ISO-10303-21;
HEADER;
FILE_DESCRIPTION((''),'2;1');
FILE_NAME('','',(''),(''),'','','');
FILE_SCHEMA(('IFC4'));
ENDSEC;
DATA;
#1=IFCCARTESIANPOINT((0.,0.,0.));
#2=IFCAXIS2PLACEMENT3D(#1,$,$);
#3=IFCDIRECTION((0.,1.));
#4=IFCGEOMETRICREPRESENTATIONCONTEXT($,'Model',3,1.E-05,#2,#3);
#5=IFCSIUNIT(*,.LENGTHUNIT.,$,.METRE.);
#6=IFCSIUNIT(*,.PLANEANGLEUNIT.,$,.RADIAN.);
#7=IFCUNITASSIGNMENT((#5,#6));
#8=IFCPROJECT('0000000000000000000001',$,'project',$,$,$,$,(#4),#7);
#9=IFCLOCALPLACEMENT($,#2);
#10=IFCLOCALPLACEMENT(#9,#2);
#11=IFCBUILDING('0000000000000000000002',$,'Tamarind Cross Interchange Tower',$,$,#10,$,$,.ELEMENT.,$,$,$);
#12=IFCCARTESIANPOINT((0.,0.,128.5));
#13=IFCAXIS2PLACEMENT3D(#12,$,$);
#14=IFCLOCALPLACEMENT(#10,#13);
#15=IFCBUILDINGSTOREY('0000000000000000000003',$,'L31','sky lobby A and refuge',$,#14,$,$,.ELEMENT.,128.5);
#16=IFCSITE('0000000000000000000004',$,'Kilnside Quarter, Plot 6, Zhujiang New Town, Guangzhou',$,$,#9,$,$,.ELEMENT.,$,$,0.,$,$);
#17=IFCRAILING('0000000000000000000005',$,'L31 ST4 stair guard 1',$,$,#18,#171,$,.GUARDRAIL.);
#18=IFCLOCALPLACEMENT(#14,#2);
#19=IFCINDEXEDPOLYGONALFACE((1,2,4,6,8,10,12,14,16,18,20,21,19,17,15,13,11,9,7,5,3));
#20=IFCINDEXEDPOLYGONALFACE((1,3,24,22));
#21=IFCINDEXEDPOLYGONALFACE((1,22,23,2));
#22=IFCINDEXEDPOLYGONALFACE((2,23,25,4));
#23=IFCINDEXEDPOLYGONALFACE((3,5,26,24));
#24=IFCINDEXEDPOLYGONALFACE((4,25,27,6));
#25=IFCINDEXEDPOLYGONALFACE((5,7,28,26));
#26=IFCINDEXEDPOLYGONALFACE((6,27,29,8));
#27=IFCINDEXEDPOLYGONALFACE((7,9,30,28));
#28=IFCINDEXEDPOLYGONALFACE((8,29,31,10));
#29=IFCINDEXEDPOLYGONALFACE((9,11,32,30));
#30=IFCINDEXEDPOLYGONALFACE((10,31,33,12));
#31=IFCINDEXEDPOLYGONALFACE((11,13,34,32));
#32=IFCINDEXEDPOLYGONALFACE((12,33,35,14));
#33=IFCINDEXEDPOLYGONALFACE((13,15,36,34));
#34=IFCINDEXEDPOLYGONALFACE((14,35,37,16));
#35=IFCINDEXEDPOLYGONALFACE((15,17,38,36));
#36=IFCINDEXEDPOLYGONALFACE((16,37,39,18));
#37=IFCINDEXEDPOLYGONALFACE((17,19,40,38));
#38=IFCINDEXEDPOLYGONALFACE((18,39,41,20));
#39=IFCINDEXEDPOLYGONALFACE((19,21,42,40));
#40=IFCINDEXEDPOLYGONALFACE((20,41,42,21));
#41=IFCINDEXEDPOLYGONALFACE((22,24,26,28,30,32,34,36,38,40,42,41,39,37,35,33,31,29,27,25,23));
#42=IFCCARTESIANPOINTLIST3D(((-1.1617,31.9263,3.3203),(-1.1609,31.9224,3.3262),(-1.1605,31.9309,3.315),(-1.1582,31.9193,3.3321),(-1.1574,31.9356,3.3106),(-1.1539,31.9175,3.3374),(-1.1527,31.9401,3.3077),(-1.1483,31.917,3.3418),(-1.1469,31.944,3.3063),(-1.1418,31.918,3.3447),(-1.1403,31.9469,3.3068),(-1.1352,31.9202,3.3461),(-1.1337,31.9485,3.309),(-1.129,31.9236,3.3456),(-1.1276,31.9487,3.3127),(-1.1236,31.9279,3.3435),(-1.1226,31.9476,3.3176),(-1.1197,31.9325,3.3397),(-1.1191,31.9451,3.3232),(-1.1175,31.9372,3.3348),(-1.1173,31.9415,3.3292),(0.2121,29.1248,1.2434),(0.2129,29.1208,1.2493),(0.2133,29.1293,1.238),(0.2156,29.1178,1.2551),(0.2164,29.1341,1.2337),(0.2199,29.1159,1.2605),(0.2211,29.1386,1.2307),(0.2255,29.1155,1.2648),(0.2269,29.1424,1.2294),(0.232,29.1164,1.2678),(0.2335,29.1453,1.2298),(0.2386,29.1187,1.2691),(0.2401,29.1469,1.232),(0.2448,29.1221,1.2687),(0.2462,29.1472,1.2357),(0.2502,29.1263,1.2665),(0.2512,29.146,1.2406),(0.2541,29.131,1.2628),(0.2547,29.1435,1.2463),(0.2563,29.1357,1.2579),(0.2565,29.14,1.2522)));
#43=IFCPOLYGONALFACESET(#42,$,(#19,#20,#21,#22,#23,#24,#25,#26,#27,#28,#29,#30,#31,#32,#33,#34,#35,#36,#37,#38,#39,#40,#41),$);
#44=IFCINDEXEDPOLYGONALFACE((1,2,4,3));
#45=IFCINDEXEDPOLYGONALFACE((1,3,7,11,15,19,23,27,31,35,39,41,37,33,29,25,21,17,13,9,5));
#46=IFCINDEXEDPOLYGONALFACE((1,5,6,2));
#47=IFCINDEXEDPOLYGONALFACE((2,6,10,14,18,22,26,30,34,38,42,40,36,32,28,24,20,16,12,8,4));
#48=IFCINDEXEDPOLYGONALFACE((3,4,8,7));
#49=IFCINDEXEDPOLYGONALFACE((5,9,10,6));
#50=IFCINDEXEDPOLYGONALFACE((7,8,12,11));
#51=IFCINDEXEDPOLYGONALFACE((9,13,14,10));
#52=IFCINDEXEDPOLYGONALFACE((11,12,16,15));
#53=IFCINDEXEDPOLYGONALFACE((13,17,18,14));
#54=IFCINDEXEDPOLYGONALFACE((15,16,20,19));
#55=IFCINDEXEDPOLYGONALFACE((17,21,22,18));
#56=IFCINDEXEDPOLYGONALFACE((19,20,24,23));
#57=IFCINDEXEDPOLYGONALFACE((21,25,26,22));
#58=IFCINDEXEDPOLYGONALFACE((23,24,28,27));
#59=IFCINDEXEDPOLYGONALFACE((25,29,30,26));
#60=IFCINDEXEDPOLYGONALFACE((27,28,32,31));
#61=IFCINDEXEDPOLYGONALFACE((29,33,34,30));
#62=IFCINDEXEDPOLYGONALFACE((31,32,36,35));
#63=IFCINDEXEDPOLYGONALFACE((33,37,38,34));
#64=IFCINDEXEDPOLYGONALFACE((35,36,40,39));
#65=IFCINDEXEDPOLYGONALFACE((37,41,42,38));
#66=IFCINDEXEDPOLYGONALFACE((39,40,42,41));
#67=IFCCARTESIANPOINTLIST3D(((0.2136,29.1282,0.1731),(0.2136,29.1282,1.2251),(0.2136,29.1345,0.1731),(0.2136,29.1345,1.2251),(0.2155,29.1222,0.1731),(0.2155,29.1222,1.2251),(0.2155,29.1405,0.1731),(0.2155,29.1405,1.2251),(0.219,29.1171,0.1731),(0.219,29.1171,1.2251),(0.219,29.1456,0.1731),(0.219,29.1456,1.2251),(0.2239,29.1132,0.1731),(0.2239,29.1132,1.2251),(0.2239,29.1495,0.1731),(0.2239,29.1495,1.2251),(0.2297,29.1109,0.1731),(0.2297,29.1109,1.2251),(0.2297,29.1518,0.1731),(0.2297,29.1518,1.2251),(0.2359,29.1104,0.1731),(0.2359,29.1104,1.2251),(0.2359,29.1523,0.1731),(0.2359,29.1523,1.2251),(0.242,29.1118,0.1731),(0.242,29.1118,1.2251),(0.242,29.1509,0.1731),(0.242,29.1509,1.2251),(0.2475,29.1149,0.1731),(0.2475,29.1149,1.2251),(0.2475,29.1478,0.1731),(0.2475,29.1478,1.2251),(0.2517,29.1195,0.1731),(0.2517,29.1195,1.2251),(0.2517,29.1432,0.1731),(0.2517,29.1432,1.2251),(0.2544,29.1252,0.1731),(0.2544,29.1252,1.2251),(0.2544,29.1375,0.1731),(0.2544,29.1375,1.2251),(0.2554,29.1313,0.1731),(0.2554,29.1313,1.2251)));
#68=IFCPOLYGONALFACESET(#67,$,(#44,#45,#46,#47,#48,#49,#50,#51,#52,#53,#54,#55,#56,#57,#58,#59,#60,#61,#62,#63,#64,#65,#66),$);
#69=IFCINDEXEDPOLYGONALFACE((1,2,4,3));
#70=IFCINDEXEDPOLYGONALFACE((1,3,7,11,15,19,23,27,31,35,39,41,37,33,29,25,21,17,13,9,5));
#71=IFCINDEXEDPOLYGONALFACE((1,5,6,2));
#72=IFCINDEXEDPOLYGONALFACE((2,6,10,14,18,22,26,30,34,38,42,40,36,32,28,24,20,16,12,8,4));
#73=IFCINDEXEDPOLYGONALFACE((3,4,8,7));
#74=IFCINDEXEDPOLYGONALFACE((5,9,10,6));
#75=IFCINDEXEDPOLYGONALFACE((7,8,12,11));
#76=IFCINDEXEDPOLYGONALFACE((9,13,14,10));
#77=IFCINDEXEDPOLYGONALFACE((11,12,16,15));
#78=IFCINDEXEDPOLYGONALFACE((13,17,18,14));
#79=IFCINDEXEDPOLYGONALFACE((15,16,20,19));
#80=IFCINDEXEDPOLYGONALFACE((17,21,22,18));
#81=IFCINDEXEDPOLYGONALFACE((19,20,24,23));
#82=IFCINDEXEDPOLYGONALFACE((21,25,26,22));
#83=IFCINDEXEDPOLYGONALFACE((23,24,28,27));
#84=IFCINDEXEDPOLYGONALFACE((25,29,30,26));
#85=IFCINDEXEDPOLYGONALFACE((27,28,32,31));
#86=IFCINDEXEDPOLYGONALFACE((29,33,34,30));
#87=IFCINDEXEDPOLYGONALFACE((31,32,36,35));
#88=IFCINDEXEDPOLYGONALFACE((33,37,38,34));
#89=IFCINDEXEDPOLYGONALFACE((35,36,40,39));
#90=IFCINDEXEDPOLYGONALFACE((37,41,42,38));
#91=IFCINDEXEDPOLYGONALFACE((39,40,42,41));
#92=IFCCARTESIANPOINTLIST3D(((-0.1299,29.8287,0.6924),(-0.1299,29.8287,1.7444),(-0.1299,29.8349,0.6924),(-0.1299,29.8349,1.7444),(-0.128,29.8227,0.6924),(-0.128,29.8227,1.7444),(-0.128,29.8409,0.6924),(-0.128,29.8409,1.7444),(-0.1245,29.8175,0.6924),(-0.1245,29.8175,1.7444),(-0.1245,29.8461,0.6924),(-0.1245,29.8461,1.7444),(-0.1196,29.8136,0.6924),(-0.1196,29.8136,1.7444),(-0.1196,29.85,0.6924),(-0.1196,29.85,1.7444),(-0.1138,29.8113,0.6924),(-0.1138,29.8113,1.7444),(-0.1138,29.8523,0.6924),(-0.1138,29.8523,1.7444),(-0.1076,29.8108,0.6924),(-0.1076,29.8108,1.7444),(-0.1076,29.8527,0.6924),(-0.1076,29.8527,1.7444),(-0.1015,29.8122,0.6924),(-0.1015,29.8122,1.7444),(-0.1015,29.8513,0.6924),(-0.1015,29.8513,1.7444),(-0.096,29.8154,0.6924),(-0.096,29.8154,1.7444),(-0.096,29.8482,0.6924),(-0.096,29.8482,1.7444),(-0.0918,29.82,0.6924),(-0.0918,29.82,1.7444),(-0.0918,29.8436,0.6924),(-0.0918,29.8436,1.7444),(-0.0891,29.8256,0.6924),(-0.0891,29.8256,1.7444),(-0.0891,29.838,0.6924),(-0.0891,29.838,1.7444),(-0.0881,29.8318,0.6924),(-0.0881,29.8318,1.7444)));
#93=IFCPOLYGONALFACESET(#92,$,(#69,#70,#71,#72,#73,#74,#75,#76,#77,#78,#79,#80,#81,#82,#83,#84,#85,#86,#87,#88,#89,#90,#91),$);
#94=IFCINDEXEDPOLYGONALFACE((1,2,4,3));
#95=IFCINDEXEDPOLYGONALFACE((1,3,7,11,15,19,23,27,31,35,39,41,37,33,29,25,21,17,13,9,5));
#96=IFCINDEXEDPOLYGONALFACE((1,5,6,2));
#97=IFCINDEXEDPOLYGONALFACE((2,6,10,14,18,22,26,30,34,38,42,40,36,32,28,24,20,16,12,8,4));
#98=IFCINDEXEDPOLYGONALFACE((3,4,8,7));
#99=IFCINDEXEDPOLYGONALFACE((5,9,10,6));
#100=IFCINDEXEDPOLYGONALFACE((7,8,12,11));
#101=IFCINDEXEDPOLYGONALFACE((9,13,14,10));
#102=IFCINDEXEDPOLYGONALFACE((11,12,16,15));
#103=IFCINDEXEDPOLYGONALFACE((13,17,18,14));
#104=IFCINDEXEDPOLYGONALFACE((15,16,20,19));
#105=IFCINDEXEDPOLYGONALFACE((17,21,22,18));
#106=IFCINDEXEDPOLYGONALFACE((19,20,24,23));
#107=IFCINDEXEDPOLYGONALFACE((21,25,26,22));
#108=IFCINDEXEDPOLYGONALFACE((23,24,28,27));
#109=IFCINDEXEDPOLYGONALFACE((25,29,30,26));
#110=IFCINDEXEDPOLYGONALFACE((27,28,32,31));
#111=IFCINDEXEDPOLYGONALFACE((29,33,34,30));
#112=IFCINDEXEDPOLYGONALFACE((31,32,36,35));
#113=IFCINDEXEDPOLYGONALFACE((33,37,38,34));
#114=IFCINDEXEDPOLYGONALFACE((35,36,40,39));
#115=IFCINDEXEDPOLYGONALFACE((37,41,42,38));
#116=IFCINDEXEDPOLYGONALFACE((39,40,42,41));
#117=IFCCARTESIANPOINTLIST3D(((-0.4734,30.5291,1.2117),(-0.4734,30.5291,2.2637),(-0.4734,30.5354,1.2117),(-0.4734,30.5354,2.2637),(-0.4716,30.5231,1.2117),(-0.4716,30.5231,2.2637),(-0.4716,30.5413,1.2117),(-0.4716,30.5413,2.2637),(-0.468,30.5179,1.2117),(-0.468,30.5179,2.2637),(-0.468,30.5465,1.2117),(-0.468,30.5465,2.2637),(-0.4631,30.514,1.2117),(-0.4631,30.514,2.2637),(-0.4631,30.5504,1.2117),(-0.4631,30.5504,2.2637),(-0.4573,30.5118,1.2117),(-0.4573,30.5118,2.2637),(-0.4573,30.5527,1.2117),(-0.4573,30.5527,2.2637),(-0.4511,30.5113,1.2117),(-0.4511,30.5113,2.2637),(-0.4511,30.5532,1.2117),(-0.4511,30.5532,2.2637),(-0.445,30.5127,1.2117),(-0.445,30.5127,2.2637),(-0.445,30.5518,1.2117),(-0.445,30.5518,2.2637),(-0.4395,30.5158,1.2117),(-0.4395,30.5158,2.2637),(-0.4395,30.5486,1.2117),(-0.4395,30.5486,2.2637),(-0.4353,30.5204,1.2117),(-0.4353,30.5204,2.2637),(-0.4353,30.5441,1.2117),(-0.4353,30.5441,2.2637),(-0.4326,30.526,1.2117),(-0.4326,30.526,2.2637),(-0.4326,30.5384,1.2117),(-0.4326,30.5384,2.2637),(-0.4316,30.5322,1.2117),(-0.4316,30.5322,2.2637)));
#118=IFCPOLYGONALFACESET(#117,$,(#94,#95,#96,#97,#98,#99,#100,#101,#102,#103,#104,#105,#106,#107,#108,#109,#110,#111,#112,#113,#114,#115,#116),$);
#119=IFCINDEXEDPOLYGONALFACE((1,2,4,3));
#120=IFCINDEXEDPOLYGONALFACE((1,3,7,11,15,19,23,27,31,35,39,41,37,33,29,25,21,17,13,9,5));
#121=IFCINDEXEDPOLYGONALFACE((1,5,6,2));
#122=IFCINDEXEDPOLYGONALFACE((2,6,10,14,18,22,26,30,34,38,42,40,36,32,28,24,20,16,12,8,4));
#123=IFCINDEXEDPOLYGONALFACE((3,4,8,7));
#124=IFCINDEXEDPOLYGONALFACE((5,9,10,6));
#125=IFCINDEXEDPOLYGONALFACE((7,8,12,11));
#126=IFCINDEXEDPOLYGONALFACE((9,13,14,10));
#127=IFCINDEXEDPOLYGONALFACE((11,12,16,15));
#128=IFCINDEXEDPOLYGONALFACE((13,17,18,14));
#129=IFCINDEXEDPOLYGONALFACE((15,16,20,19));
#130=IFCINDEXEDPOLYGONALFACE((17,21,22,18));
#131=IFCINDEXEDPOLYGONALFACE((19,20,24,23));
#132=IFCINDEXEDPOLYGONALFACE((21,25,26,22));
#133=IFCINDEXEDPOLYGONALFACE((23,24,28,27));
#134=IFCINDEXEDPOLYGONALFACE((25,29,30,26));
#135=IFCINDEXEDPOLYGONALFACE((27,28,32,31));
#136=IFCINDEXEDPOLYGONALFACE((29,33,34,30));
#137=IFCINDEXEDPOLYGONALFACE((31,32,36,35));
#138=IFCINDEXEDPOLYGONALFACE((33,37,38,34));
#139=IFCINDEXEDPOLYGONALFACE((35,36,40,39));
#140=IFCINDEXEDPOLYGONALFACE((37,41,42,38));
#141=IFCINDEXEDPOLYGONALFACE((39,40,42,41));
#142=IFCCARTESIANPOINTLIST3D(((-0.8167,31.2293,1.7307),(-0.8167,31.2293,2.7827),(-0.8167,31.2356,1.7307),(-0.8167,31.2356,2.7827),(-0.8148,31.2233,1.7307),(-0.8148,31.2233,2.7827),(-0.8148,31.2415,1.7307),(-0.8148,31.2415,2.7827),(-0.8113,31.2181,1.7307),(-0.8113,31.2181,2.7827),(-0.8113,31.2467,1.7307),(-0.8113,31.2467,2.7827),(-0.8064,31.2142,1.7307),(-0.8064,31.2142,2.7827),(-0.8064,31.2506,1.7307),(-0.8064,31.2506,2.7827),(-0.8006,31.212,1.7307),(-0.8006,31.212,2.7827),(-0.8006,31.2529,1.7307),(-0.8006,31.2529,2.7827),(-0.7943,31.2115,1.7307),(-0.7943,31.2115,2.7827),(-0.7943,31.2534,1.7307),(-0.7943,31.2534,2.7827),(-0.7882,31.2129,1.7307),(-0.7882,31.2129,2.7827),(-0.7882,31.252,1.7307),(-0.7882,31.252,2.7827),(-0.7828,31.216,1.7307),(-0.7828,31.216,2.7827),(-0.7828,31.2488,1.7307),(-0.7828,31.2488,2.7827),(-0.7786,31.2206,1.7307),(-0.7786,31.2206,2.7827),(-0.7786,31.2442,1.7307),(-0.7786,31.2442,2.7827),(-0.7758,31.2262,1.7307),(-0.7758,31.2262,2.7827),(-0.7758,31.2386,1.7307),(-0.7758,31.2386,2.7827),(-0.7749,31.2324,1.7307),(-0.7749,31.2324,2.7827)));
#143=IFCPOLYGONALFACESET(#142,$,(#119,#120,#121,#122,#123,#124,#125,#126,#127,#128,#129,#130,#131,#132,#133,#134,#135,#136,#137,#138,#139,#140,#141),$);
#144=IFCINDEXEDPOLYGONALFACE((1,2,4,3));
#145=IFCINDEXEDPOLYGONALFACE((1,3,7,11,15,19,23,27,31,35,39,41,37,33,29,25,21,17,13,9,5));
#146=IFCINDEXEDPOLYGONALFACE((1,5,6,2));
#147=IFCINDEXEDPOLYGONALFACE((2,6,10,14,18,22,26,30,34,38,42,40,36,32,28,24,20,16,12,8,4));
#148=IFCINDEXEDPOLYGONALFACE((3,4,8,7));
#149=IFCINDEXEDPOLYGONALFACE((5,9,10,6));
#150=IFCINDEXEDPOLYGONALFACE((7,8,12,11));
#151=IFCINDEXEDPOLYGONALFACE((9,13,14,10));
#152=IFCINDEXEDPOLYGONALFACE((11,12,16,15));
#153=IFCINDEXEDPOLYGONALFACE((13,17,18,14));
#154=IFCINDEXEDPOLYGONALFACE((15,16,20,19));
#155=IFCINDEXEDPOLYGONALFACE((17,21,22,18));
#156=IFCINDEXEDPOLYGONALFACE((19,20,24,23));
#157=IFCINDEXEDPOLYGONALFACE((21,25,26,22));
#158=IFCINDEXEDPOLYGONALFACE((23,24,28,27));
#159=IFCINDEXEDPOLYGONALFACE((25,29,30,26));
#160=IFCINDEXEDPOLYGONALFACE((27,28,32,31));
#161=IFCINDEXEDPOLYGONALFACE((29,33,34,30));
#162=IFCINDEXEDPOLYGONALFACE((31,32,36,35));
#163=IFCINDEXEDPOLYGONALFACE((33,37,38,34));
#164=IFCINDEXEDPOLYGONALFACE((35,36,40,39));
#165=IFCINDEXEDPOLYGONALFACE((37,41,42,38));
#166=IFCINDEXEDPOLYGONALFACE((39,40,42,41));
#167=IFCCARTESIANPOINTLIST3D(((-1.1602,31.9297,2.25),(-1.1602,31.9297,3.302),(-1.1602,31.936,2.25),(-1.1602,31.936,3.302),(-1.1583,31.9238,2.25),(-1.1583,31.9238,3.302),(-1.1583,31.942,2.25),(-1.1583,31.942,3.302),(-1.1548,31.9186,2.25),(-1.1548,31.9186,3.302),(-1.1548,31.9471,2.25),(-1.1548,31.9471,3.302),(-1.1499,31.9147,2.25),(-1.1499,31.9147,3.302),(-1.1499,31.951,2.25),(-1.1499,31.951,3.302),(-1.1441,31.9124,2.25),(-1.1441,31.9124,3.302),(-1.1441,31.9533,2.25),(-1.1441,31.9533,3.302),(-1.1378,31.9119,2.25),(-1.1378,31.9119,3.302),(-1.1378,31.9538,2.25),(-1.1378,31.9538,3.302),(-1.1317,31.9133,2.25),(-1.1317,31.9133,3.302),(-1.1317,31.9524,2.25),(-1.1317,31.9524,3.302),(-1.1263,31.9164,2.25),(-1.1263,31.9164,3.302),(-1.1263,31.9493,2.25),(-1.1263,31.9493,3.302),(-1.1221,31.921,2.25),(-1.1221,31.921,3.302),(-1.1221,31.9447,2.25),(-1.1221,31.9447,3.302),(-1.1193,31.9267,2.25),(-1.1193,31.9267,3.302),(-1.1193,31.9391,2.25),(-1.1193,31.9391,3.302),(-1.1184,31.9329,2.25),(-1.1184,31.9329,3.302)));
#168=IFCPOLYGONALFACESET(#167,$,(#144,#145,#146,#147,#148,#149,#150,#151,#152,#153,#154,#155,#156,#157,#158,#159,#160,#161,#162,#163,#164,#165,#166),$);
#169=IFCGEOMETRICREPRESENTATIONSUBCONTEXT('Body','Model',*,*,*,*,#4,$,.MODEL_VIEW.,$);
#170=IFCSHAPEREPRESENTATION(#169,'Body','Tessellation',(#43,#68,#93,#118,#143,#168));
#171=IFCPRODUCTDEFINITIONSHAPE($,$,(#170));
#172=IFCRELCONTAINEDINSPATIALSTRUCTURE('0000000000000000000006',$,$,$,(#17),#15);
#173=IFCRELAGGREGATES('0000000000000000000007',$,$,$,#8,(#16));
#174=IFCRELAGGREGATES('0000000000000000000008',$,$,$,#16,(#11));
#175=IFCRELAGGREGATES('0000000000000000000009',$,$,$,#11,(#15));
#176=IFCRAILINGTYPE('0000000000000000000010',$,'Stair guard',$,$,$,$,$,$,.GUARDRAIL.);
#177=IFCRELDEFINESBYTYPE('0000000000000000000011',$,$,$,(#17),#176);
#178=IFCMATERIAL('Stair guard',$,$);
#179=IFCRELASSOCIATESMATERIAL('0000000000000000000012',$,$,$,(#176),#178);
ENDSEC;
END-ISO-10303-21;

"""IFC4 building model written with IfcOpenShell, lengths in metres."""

from ifc_helpers import new_model, si_unit, direction, frame, origin, origin_2d, place, context, subcontext, project, spatial, circle, extrude, material, type_object, element, save


model = new_model("IFC4")

# Units and contexts
model_context = context("Model", 3, precision=1e-05, world=origin(), true_north=direction((0.0, 1.0)))
body_context = subcontext(model_context, "Body", "Model", "MODEL_VIEW")
ifc_project = project(units=[si_unit("LENGTHUNIT", "METRE"), si_unit("PLANEANGLEUNIT", "RADIAN")], contexts=[model_context])

# Site, building, storey
site_placement = place(None, origin())
site = spatial("IfcSite", under=ifc_project, at=site_placement, Name="Kilnside Quarter, Plot 6, Zhujiang New Town, Guangzhou", CompositionType="ELEMENT", RefElevation=0.0)
building_placement = place(site_placement, origin())
building = spatial("IfcBuilding", under=site, at=building_placement, Name="Tamarind Cross Interchange Tower", CompositionType="ELEMENT")
storey_placement = place(building_placement, frame((0.0, 0.0, 128.5)))
storey = spatial("IfcBuildingStorey", under=building, at=storey_placement, Name="L31", Description="sky lobby A and refuge", CompositionType="ELEMENT", Elevation=128.5)

# Railing
ifc_material_1 = material(Name="Stair guard")
railing_type_1 = type_object("IfcRailingType", Name="Stair guard", PredefinedType="GUARDRAIL", material=ifc_material_1)
railing_1_placement = place(storey_placement, frame((0.2344, 29.1313, 0.1731)))
element("IfcRailing", 1, at=railing_1_placement, inside=storey, type_object=railing_type_1, Name="L31 ST4 stair guard 1", PredefinedType="GUARDRAIL", context=body_context, shape_type="SweptSolid", body=[
    extrude(circle(Radius=0.0239, at=origin_2d()), frame((0.0, 0.0, 1.0762), z_axis=(-0.366513, 0.747422, 0.554102), x_axis=(-0.897859, -0.440283, 0.0)), (0.0, 0.0, 1.0), 3.7483),
    extrude(circle(Radius=0.021, at=origin_2d()), origin(), (0.0, 0.0, 1.0), 1.052),
    extrude(circle(Radius=0.021, at=origin_2d()), frame((-0.3435, 0.7004, 0.5193)), (0.0, 0.0, 1.0), 1.052),
    extrude(circle(Radius=0.021, at=origin_2d()), frame((-0.687, 1.4009, 1.0386)), (0.0, 0.0, 1.0), 1.052),
    extrude(circle(Radius=0.021, at=origin_2d()), frame((-1.0303, 2.1011, 1.5576)), (0.0, 0.0, 1.0), 1.052),
    extrude(circle(Radius=0.021, at=origin_2d()), frame((-1.3738, 2.8015, 2.0769)), (0.0, 0.0, 1.0), 1.052),
])

save(model, "model.ifc")
